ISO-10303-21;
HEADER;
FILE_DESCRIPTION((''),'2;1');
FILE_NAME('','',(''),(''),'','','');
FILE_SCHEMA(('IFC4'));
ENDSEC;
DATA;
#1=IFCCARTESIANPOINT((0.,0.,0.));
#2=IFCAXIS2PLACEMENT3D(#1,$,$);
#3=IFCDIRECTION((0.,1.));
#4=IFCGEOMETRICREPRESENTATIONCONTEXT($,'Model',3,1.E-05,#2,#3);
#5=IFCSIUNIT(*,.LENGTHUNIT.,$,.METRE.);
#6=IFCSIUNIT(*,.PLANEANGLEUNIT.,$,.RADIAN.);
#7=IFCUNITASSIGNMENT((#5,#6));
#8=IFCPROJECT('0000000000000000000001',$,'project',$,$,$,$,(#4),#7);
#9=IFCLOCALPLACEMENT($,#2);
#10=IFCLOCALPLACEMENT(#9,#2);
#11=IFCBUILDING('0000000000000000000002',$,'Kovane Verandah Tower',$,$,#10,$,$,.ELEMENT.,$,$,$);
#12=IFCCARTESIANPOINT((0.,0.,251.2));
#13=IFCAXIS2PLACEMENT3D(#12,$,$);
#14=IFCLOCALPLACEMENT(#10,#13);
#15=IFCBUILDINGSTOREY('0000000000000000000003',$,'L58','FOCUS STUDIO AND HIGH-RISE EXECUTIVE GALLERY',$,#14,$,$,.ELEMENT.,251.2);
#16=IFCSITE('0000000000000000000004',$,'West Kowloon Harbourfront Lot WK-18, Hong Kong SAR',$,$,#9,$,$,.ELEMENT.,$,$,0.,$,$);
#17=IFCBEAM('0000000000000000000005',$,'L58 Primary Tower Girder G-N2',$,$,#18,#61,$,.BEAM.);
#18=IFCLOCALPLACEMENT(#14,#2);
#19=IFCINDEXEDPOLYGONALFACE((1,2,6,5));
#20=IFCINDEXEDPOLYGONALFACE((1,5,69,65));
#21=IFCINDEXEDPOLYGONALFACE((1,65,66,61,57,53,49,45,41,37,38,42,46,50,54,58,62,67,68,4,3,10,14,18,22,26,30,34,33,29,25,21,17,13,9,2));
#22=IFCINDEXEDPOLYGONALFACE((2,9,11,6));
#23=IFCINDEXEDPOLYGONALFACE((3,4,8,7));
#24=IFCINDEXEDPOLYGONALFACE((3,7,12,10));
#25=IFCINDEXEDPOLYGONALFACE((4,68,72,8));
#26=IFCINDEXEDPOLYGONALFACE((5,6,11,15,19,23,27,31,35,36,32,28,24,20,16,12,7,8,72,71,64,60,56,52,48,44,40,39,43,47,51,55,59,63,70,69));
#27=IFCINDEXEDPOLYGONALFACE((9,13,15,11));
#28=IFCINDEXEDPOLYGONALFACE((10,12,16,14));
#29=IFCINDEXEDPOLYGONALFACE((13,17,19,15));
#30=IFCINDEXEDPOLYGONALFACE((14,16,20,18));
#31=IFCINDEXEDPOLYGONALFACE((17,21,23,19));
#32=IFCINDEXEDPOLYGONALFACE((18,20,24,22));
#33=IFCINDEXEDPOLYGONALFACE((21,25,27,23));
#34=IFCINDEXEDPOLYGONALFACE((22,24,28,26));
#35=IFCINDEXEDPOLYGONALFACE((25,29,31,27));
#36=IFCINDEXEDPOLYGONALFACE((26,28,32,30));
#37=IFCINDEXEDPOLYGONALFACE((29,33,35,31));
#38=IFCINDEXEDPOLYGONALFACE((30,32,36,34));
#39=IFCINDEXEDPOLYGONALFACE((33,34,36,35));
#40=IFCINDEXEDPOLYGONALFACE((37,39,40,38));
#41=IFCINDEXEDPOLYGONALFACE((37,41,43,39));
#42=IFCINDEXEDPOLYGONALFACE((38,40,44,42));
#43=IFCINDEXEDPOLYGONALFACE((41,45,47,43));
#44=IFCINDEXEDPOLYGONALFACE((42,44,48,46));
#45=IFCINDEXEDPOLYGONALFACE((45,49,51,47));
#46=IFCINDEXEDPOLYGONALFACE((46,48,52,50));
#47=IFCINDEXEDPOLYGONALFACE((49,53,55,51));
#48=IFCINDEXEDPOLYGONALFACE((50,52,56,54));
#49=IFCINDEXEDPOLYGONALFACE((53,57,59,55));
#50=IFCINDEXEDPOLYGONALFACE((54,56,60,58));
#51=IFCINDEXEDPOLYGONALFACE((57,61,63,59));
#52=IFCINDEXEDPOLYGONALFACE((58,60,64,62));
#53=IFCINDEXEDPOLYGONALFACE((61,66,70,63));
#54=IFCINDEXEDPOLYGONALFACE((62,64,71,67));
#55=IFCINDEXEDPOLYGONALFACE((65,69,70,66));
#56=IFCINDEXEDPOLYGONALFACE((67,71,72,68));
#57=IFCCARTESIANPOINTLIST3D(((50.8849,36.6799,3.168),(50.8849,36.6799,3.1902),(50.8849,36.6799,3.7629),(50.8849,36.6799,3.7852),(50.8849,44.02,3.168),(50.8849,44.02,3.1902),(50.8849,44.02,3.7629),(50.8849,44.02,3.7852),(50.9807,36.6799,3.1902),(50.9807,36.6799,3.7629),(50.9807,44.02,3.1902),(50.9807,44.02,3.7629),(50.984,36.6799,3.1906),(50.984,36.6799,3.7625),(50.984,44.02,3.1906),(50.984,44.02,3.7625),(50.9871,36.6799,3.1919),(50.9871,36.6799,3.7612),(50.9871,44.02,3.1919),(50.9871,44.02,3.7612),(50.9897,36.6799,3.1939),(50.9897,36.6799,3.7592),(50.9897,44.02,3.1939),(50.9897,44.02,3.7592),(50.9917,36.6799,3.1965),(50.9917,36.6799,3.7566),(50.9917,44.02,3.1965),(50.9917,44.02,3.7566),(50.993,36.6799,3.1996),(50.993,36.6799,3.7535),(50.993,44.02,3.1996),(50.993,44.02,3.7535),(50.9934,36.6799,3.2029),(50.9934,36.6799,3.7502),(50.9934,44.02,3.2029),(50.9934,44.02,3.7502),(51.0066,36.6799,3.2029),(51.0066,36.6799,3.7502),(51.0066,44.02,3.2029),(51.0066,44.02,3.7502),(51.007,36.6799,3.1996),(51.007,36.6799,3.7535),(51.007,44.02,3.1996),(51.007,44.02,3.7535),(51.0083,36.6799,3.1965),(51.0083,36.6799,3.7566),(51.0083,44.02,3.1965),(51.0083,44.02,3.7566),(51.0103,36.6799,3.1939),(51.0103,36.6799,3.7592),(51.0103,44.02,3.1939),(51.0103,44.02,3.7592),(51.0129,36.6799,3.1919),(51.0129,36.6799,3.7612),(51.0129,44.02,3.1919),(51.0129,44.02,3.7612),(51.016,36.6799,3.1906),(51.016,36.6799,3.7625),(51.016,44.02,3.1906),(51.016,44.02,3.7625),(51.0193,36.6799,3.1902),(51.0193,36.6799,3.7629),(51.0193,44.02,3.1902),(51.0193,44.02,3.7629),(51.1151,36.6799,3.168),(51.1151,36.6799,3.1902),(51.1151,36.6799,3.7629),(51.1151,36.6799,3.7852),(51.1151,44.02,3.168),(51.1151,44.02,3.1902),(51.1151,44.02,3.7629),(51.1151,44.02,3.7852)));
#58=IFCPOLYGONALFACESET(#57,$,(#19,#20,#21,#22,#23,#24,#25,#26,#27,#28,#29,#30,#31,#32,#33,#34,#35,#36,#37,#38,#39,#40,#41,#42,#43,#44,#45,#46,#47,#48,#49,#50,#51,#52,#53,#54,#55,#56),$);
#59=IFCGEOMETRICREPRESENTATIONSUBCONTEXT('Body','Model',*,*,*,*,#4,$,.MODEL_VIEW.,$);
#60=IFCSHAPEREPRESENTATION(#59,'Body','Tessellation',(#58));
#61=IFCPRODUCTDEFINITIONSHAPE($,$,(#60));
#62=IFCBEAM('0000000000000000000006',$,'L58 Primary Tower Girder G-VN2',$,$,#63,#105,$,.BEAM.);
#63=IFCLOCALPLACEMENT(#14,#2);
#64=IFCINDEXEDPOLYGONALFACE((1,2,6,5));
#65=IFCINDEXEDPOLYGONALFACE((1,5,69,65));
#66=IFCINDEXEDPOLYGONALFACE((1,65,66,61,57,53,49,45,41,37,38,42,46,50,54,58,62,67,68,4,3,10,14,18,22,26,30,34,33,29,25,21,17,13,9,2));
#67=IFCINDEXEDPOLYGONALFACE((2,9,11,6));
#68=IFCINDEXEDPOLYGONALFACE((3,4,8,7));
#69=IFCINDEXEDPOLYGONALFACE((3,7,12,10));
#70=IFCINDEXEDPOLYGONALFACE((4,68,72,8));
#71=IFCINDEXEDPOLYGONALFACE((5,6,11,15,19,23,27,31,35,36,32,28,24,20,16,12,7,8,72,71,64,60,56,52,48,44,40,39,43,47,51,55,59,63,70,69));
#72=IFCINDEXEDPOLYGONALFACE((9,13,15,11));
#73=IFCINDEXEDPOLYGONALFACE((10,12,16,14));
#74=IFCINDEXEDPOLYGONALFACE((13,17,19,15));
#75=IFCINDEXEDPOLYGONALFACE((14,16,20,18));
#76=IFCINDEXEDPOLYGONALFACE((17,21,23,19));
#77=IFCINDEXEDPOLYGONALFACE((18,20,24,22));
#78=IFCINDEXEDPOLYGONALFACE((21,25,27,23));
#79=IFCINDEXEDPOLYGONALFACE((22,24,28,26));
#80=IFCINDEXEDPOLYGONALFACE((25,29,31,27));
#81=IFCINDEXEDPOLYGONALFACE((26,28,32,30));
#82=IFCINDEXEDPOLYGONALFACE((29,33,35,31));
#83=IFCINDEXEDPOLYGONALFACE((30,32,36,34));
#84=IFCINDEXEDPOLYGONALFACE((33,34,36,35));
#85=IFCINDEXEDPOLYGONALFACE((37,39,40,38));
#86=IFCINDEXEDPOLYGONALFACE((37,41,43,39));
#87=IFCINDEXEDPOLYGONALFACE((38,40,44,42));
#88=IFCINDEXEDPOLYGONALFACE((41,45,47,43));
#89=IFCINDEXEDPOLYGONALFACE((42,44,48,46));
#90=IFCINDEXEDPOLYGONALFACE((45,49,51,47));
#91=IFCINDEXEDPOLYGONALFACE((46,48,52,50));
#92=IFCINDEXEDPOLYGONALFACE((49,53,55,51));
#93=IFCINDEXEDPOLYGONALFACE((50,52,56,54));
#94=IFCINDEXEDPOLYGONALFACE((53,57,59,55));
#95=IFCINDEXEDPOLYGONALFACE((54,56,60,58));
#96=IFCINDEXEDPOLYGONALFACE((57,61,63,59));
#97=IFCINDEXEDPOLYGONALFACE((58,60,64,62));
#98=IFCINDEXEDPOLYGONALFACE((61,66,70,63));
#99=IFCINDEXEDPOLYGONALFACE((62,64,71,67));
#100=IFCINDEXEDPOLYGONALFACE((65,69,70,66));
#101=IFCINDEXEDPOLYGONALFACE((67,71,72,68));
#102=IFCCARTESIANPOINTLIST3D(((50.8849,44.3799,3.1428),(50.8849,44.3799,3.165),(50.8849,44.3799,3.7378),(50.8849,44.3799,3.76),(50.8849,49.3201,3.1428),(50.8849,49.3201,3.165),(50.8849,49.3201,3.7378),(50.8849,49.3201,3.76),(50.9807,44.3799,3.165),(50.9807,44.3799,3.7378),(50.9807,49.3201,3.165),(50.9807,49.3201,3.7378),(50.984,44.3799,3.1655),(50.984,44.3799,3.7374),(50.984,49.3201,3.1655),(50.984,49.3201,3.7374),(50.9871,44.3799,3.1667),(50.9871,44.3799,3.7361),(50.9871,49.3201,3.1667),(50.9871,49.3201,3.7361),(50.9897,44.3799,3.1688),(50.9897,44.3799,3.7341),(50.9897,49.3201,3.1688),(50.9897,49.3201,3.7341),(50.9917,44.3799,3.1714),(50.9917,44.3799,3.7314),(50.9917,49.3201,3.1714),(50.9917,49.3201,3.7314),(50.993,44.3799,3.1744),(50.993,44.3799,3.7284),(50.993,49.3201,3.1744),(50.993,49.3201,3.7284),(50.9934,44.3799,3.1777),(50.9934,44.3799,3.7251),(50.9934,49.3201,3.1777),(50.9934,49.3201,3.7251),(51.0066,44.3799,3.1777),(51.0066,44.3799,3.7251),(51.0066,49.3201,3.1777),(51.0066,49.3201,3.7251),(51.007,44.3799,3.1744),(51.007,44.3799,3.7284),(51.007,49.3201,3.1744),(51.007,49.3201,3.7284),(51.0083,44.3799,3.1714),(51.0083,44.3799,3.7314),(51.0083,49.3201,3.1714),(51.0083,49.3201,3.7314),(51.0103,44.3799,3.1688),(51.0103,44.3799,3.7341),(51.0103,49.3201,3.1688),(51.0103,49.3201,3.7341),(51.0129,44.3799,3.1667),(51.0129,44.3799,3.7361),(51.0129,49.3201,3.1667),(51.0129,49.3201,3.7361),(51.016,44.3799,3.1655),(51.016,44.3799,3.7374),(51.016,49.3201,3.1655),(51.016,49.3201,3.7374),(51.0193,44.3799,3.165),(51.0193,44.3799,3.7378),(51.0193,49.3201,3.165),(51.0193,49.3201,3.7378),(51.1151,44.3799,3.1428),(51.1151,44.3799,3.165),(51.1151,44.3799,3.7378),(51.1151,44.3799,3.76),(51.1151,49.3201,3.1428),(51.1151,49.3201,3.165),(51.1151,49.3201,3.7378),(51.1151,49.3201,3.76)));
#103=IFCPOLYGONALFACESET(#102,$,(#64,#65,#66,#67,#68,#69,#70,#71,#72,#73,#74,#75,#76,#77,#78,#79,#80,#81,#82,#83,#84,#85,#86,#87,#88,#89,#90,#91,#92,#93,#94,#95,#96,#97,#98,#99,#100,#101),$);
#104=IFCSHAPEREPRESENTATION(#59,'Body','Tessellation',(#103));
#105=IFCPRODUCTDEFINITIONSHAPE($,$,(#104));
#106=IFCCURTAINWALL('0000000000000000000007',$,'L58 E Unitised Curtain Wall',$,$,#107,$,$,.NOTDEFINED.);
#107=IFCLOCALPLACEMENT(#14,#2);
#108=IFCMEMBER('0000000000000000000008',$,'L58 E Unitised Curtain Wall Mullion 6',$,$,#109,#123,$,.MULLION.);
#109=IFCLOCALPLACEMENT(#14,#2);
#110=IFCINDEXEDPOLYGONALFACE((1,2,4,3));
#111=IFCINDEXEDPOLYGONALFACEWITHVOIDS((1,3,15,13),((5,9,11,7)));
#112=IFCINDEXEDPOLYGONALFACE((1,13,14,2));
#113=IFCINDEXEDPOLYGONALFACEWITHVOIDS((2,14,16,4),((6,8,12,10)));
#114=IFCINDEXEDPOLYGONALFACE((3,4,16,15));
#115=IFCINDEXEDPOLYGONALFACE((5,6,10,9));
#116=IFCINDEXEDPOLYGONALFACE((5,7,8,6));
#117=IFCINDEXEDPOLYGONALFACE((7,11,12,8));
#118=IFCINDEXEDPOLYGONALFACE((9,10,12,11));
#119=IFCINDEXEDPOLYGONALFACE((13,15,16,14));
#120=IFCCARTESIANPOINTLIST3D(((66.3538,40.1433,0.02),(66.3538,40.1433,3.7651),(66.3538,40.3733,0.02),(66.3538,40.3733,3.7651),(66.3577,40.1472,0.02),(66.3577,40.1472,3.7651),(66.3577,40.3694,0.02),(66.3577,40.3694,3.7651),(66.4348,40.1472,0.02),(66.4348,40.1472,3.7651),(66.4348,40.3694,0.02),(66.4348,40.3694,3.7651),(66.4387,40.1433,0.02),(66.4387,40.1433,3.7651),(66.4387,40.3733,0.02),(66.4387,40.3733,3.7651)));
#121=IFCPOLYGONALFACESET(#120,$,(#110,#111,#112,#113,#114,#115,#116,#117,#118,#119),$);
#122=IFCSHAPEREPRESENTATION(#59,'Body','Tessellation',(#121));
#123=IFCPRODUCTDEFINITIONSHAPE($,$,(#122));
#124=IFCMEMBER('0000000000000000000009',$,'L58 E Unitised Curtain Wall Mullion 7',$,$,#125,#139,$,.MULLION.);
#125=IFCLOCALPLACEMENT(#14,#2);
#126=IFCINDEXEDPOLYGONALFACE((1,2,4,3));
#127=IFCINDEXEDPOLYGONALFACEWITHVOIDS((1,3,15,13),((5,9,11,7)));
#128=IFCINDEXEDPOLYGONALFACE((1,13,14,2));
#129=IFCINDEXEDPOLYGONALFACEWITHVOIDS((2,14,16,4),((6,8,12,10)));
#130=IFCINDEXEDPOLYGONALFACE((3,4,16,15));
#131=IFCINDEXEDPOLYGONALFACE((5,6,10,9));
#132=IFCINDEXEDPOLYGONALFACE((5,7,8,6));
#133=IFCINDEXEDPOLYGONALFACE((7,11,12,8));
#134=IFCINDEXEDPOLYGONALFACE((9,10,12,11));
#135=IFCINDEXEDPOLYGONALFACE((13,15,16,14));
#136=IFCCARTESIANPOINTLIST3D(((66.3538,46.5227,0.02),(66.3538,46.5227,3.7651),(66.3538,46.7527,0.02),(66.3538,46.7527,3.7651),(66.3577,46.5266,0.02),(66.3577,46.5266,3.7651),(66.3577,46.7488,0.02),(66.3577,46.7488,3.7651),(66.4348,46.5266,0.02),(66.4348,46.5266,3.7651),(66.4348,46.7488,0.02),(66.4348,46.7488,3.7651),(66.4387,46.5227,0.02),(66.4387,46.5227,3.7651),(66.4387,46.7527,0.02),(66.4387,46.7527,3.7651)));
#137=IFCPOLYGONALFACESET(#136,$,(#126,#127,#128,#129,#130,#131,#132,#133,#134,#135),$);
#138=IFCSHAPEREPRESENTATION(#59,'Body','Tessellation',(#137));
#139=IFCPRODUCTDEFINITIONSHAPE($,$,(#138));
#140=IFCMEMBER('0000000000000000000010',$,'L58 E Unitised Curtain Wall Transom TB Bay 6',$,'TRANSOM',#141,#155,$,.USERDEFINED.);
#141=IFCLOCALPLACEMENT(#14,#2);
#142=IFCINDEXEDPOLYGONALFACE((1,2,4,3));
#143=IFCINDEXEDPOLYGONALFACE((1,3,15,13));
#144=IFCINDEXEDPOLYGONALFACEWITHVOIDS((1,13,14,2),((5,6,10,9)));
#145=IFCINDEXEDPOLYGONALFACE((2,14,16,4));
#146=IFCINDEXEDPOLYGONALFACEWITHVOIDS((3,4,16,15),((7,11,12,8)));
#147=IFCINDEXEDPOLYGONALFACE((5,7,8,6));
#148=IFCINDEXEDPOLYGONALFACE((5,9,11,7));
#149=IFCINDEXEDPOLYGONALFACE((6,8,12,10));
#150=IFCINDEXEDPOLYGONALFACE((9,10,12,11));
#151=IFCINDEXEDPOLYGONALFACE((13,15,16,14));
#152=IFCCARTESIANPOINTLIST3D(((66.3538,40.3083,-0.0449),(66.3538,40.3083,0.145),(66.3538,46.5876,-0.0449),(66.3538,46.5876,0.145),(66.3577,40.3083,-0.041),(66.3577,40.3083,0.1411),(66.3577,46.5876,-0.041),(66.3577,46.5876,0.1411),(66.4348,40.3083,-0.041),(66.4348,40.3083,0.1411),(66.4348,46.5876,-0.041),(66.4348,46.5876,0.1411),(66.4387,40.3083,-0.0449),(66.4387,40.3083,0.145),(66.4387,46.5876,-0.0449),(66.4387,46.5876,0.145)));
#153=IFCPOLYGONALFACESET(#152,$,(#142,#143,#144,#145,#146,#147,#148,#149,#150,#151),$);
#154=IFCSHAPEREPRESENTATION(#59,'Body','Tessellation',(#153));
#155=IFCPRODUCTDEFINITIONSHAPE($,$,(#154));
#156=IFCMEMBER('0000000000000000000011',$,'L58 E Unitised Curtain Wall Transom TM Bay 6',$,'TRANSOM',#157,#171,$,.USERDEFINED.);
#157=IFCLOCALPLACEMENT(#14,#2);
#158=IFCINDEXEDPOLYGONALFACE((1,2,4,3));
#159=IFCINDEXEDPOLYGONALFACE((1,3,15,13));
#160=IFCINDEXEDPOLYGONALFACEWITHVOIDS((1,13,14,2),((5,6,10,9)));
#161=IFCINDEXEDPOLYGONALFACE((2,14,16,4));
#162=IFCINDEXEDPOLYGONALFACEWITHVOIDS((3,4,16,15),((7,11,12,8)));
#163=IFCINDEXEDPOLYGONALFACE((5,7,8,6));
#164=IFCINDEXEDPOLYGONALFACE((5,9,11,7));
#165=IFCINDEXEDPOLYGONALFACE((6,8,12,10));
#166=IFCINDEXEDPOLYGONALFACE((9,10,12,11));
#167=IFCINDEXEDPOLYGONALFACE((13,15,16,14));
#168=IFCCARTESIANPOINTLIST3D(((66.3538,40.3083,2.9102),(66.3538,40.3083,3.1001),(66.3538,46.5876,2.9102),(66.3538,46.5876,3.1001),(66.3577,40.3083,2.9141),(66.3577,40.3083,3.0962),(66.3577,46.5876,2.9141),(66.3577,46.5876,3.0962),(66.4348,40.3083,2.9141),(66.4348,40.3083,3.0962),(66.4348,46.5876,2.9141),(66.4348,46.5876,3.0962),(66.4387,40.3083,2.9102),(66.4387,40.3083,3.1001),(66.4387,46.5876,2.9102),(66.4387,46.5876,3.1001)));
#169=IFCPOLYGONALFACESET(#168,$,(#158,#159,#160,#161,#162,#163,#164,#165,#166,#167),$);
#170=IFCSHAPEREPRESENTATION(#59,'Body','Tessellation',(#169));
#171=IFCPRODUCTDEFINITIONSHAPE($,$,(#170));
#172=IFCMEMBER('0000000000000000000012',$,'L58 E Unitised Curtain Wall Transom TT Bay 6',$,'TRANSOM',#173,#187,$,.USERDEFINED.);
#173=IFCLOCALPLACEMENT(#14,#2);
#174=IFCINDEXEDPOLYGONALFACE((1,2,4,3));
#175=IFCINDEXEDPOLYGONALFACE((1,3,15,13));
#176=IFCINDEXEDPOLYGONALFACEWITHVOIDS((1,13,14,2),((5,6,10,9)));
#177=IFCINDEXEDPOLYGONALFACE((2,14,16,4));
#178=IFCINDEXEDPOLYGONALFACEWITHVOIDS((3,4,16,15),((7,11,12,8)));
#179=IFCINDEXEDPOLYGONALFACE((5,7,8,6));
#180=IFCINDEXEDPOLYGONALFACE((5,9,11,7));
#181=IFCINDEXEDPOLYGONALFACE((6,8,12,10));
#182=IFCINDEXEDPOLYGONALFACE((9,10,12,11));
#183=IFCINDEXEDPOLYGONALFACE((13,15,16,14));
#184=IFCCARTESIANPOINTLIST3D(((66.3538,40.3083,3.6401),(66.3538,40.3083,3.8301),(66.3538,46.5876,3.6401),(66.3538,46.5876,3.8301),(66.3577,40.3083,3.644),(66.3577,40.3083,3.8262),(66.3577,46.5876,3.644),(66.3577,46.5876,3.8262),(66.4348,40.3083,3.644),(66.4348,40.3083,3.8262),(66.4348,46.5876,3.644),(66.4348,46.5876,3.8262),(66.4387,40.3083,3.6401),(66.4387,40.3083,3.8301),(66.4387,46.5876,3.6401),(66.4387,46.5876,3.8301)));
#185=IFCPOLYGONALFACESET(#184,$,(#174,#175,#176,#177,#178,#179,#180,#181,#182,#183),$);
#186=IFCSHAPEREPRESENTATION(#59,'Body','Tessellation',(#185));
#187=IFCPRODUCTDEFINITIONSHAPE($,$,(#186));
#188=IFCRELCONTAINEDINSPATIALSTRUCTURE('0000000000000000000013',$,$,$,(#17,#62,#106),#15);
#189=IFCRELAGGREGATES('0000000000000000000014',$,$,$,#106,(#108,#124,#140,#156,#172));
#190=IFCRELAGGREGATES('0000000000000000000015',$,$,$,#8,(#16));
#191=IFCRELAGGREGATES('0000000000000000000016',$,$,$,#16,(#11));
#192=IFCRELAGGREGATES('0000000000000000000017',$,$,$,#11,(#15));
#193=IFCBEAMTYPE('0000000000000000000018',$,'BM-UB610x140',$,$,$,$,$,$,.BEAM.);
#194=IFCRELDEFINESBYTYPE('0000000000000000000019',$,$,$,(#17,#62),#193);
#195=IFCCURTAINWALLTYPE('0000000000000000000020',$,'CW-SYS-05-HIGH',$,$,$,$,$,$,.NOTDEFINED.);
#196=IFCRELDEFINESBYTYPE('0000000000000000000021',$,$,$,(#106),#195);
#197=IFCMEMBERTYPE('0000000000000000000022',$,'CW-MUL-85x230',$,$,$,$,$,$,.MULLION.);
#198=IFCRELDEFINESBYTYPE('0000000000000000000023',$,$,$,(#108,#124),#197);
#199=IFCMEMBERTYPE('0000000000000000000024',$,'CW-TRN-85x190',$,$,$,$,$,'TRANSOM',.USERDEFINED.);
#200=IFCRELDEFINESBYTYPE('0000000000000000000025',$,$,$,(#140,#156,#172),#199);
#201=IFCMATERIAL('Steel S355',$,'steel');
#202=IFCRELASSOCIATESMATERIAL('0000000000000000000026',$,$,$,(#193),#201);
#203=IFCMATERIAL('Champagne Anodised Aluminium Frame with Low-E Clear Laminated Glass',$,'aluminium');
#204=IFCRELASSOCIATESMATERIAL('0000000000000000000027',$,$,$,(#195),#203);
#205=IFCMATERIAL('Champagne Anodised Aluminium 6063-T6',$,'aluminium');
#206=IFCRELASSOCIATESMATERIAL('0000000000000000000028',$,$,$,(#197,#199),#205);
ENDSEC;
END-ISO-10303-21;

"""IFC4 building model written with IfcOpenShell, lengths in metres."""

from ifc_helpers import new_model, si_unit, direction, frame, origin, origin_2d, place, context, subcontext, project, spatial, hollow_rectangle, i_section, extrude, material, material_profile, profile_set, type_object, element, aggregate, save


model = new_model("IFC4")

# Units and contexts
model_context = context("Model", 3, precision=1e-05, world=origin(), true_north=direction((0.0, 1.0)))
body_context = subcontext(model_context, "Body", "Model", "MODEL_VIEW")
ifc_project = project(units=[si_unit("LENGTHUNIT", "METRE"), si_unit("PLANEANGLEUNIT", "RADIAN")], contexts=[model_context])

# Site, building, storey
site_placement = place(None, origin())
site = spatial("IfcSite", under=ifc_project, at=site_placement, Name="West Kowloon Harbourfront Lot WK-18, Hong Kong SAR", CompositionType="ELEMENT", RefElevation=0.0)
building_placement = place(site_placement, origin())
building = spatial("IfcBuilding", under=site, at=building_placement, Name="Kovane Verandah Tower", CompositionType="ELEMENT")
storey_placement = place(building_placement, frame((0.0, 0.0, 251.2)))
storey = spatial("IfcBuildingStorey", under=building, at=storey_placement, Name="L58", Description="FOCUS STUDIO AND HIGH-RISE EXECUTIVE GALLERY", CompositionType="ELEMENT", Elevation=251.2)

# Beams
ifc_material_1 = material(Name="Steel S355", Category="steel")
ifc_material_profile_1 = material_profile(ifc_material_1, i_section(OverallWidth=0.2302, OverallDepth=0.6172, WebThickness=0.0132, FlangeThickness=0.0222, FilletRadius=0.0127, at=origin_2d()), Name="UB610x229x140")
ifc_profile_set_1 = profile_set([ifc_material_profile_1], Name="Steel S355")
beam_type_1 = type_object("IfcBeamType", Name="BM-UB610x140", PredefinedType="BEAM", material=ifc_profile_set_1)
for number, where, z_axis, x_axis, name in (
    (1, (51.0, 36.6799, 3.4766), (0.0, 1.0, 0.0), (-1.0, 0.0, 0.0), "L58 Primary Tower Girder G-N2"),
):
    element("IfcBeam", number, at=place(storey_placement, frame(where, z_axis=z_axis, x_axis=x_axis)), inside=storey, type_object=beam_type_1, Name=name, PredefinedType="BEAM", context=body_context, shape_type="SweptSolid", body=[
        extrude(i_section(OverallWidth=0.2302, OverallDepth=0.6172, WebThickness=0.0132, FlangeThickness=0.0222, FilletRadius=0.0127, at=origin_2d()), origin(), (0.0, 0.0, 1.0), 7.3401),
    ])
beam_1_placement = place(storey_placement, frame((51.0, 44.3799, 3.4514), z_axis=(0.0, 1.0, 0.0), x_axis=(-1.0, 0.0, 0.0)))
element("IfcBeam", 2, at=beam_1_placement, inside=storey, type_object=beam_type_1, Name="L58 Primary Tower Girder G-VN2", PredefinedType="BEAM", context=body_context, shape_type="SweptSolid", body=[
    extrude(i_section(OverallWidth=0.2302, OverallDepth=0.6172, WebThickness=0.0132, FlangeThickness=0.0222, FilletRadius=0.0127, at=origin_2d()), origin(), (0.0, 0.0, 1.0), 4.9402),
])

# Curtain wall, members
ifc_material_2 = material(Name="Champagne Anodised Aluminium Frame with Low-E Clear Laminated Glass", Category="aluminium")
curtain_wall_type = type_object("IfcCurtainWallType", Name="CW-SYS-05-HIGH", PredefinedType="NOTDEFINED", material=ifc_material_2)
curtain_wall_placement = place(storey_placement, origin())
curtain_wall = element("IfcCurtainWall", 3, at=curtain_wall_placement, inside=storey, type_object=curtain_wall_type, Name="L58 E Unitised Curtain Wall", PredefinedType="NOTDEFINED")
ifc_material_3 = material(Name="Champagne Anodised Aluminium 6063-T6", Category="aluminium")
ifc_material_profile_2 = material_profile(ifc_material_3, hollow_rectangle(XDim=0.085, YDim=0.23, WallThickness=0.0039, at=origin_2d()), Name="AL85x230x4")
ifc_profile_set_2 = profile_set([ifc_material_profile_2], Name="Champagne Anodised Aluminium 6063-T6")
member_type_1 = type_object("IfcMemberType", Name="CW-MUL-85x230", PredefinedType="MULLION", material=ifc_profile_set_2)
member_1_placement = place(storey_placement, frame((66.3962, 40.2583, 0.02), z_axis=(0.0, 0.0, 1.0), x_axis=(1.0, 0.0, 0.0)))
member_1 = element("IfcMember", 4, at=member_1_placement, type_object=member_type_1, Name="L58 E Unitised Curtain Wall Mullion 6", PredefinedType="MULLION", context=body_context, shape_type="SweptSolid", body=[
    extrude(hollow_rectangle(XDim=0.085, YDim=0.23, WallThickness=0.0039, at=origin_2d()), origin(), (0.0, 0.0, 1.0), 3.7451),
])
member_2_placement = place(storey_placement, frame((66.3962, 46.6377, 0.02), z_axis=(0.0, 0.0, 1.0), x_axis=(1.0, 0.0, 0.0)))
member_2 = element("IfcMember", 5, at=member_2_placement, type_object=member_type_1, Name="L58 E Unitised Curtain Wall Mullion 7", PredefinedType="MULLION", context=body_context, shape_type="SweptSolid", body=[
    extrude(hollow_rectangle(XDim=0.085, YDim=0.23, WallThickness=0.0039, at=origin_2d()), origin(), (0.0, 0.0, 1.0), 3.7451),
])
ifc_material_profile_3 = material_profile(ifc_material_3, hollow_rectangle(XDim=0.085, YDim=0.1899, WallThickness=0.0039, at=origin_2d()), Name="AL85x190x4")
ifc_profile_set_3 = profile_set([ifc_material_profile_3], Name="Champagne Anodised Aluminium 6063-T6")
member_type_2 = type_object("IfcMemberType", Name="CW-TRN-85x190", ElementType="TRANSOM", PredefinedType="USERDEFINED", material=ifc_profile_set_3)
member_3_placement = place(storey_placement, frame((66.3962, 40.3083, 0.05), z_axis=(0.0, 1.0, 0.0), x_axis=(-1.0, 0.0, 0.0)))
member_3 = element("IfcMember", 6, at=member_3_placement, type_object=member_type_2, Name="L58 E Unitised Curtain Wall Transom TB Bay 6", ObjectType="TRANSOM", PredefinedType="USERDEFINED", context=body_context, shape_type="SweptSolid", body=[
    extrude(hollow_rectangle(XDim=0.085, YDim=0.1899, WallThickness=0.0039, at=origin_2d()), origin(), (0.0, 0.0, 1.0), 6.2793),
])
member_4_placement = place(storey_placement, frame((66.3962, 40.3083, 3.0051), z_axis=(0.0, 1.0, 0.0), x_axis=(-1.0, 0.0, 0.0)))
member_4 = element("IfcMember", 7, at=member_4_placement, type_object=member_type_2, Name="L58 E Unitised Curtain Wall Transom TM Bay 6", ObjectType="TRANSOM", PredefinedType="USERDEFINED", context=body_context, shape_type="SweptSolid", body=[
    extrude(hollow_rectangle(XDim=0.085, YDim=0.1899, WallThickness=0.0039, at=origin_2d()), origin(), (0.0, 0.0, 1.0), 6.2793),
])
member_5_placement = place(storey_placement, frame((66.3962, 40.3083, 3.7351), z_axis=(0.0, 1.0, 0.0), x_axis=(-1.0, 0.0, 0.0)))
member_5 = element("IfcMember", 8, at=member_5_placement, type_object=member_type_2, Name="L58 E Unitised Curtain Wall Transom TT Bay 6", ObjectType="TRANSOM", PredefinedType="USERDEFINED", context=body_context, shape_type="SweptSolid", body=[
    extrude(hollow_rectangle(XDim=0.085, YDim=0.1899, WallThickness=0.0039, at=origin_2d()), origin(), (0.0, 0.0, 1.0), 6.2793),
])

aggregate(curtain_wall, [member_1, member_2, member_3, member_4, member_5])

save(model, "model.ifc")
